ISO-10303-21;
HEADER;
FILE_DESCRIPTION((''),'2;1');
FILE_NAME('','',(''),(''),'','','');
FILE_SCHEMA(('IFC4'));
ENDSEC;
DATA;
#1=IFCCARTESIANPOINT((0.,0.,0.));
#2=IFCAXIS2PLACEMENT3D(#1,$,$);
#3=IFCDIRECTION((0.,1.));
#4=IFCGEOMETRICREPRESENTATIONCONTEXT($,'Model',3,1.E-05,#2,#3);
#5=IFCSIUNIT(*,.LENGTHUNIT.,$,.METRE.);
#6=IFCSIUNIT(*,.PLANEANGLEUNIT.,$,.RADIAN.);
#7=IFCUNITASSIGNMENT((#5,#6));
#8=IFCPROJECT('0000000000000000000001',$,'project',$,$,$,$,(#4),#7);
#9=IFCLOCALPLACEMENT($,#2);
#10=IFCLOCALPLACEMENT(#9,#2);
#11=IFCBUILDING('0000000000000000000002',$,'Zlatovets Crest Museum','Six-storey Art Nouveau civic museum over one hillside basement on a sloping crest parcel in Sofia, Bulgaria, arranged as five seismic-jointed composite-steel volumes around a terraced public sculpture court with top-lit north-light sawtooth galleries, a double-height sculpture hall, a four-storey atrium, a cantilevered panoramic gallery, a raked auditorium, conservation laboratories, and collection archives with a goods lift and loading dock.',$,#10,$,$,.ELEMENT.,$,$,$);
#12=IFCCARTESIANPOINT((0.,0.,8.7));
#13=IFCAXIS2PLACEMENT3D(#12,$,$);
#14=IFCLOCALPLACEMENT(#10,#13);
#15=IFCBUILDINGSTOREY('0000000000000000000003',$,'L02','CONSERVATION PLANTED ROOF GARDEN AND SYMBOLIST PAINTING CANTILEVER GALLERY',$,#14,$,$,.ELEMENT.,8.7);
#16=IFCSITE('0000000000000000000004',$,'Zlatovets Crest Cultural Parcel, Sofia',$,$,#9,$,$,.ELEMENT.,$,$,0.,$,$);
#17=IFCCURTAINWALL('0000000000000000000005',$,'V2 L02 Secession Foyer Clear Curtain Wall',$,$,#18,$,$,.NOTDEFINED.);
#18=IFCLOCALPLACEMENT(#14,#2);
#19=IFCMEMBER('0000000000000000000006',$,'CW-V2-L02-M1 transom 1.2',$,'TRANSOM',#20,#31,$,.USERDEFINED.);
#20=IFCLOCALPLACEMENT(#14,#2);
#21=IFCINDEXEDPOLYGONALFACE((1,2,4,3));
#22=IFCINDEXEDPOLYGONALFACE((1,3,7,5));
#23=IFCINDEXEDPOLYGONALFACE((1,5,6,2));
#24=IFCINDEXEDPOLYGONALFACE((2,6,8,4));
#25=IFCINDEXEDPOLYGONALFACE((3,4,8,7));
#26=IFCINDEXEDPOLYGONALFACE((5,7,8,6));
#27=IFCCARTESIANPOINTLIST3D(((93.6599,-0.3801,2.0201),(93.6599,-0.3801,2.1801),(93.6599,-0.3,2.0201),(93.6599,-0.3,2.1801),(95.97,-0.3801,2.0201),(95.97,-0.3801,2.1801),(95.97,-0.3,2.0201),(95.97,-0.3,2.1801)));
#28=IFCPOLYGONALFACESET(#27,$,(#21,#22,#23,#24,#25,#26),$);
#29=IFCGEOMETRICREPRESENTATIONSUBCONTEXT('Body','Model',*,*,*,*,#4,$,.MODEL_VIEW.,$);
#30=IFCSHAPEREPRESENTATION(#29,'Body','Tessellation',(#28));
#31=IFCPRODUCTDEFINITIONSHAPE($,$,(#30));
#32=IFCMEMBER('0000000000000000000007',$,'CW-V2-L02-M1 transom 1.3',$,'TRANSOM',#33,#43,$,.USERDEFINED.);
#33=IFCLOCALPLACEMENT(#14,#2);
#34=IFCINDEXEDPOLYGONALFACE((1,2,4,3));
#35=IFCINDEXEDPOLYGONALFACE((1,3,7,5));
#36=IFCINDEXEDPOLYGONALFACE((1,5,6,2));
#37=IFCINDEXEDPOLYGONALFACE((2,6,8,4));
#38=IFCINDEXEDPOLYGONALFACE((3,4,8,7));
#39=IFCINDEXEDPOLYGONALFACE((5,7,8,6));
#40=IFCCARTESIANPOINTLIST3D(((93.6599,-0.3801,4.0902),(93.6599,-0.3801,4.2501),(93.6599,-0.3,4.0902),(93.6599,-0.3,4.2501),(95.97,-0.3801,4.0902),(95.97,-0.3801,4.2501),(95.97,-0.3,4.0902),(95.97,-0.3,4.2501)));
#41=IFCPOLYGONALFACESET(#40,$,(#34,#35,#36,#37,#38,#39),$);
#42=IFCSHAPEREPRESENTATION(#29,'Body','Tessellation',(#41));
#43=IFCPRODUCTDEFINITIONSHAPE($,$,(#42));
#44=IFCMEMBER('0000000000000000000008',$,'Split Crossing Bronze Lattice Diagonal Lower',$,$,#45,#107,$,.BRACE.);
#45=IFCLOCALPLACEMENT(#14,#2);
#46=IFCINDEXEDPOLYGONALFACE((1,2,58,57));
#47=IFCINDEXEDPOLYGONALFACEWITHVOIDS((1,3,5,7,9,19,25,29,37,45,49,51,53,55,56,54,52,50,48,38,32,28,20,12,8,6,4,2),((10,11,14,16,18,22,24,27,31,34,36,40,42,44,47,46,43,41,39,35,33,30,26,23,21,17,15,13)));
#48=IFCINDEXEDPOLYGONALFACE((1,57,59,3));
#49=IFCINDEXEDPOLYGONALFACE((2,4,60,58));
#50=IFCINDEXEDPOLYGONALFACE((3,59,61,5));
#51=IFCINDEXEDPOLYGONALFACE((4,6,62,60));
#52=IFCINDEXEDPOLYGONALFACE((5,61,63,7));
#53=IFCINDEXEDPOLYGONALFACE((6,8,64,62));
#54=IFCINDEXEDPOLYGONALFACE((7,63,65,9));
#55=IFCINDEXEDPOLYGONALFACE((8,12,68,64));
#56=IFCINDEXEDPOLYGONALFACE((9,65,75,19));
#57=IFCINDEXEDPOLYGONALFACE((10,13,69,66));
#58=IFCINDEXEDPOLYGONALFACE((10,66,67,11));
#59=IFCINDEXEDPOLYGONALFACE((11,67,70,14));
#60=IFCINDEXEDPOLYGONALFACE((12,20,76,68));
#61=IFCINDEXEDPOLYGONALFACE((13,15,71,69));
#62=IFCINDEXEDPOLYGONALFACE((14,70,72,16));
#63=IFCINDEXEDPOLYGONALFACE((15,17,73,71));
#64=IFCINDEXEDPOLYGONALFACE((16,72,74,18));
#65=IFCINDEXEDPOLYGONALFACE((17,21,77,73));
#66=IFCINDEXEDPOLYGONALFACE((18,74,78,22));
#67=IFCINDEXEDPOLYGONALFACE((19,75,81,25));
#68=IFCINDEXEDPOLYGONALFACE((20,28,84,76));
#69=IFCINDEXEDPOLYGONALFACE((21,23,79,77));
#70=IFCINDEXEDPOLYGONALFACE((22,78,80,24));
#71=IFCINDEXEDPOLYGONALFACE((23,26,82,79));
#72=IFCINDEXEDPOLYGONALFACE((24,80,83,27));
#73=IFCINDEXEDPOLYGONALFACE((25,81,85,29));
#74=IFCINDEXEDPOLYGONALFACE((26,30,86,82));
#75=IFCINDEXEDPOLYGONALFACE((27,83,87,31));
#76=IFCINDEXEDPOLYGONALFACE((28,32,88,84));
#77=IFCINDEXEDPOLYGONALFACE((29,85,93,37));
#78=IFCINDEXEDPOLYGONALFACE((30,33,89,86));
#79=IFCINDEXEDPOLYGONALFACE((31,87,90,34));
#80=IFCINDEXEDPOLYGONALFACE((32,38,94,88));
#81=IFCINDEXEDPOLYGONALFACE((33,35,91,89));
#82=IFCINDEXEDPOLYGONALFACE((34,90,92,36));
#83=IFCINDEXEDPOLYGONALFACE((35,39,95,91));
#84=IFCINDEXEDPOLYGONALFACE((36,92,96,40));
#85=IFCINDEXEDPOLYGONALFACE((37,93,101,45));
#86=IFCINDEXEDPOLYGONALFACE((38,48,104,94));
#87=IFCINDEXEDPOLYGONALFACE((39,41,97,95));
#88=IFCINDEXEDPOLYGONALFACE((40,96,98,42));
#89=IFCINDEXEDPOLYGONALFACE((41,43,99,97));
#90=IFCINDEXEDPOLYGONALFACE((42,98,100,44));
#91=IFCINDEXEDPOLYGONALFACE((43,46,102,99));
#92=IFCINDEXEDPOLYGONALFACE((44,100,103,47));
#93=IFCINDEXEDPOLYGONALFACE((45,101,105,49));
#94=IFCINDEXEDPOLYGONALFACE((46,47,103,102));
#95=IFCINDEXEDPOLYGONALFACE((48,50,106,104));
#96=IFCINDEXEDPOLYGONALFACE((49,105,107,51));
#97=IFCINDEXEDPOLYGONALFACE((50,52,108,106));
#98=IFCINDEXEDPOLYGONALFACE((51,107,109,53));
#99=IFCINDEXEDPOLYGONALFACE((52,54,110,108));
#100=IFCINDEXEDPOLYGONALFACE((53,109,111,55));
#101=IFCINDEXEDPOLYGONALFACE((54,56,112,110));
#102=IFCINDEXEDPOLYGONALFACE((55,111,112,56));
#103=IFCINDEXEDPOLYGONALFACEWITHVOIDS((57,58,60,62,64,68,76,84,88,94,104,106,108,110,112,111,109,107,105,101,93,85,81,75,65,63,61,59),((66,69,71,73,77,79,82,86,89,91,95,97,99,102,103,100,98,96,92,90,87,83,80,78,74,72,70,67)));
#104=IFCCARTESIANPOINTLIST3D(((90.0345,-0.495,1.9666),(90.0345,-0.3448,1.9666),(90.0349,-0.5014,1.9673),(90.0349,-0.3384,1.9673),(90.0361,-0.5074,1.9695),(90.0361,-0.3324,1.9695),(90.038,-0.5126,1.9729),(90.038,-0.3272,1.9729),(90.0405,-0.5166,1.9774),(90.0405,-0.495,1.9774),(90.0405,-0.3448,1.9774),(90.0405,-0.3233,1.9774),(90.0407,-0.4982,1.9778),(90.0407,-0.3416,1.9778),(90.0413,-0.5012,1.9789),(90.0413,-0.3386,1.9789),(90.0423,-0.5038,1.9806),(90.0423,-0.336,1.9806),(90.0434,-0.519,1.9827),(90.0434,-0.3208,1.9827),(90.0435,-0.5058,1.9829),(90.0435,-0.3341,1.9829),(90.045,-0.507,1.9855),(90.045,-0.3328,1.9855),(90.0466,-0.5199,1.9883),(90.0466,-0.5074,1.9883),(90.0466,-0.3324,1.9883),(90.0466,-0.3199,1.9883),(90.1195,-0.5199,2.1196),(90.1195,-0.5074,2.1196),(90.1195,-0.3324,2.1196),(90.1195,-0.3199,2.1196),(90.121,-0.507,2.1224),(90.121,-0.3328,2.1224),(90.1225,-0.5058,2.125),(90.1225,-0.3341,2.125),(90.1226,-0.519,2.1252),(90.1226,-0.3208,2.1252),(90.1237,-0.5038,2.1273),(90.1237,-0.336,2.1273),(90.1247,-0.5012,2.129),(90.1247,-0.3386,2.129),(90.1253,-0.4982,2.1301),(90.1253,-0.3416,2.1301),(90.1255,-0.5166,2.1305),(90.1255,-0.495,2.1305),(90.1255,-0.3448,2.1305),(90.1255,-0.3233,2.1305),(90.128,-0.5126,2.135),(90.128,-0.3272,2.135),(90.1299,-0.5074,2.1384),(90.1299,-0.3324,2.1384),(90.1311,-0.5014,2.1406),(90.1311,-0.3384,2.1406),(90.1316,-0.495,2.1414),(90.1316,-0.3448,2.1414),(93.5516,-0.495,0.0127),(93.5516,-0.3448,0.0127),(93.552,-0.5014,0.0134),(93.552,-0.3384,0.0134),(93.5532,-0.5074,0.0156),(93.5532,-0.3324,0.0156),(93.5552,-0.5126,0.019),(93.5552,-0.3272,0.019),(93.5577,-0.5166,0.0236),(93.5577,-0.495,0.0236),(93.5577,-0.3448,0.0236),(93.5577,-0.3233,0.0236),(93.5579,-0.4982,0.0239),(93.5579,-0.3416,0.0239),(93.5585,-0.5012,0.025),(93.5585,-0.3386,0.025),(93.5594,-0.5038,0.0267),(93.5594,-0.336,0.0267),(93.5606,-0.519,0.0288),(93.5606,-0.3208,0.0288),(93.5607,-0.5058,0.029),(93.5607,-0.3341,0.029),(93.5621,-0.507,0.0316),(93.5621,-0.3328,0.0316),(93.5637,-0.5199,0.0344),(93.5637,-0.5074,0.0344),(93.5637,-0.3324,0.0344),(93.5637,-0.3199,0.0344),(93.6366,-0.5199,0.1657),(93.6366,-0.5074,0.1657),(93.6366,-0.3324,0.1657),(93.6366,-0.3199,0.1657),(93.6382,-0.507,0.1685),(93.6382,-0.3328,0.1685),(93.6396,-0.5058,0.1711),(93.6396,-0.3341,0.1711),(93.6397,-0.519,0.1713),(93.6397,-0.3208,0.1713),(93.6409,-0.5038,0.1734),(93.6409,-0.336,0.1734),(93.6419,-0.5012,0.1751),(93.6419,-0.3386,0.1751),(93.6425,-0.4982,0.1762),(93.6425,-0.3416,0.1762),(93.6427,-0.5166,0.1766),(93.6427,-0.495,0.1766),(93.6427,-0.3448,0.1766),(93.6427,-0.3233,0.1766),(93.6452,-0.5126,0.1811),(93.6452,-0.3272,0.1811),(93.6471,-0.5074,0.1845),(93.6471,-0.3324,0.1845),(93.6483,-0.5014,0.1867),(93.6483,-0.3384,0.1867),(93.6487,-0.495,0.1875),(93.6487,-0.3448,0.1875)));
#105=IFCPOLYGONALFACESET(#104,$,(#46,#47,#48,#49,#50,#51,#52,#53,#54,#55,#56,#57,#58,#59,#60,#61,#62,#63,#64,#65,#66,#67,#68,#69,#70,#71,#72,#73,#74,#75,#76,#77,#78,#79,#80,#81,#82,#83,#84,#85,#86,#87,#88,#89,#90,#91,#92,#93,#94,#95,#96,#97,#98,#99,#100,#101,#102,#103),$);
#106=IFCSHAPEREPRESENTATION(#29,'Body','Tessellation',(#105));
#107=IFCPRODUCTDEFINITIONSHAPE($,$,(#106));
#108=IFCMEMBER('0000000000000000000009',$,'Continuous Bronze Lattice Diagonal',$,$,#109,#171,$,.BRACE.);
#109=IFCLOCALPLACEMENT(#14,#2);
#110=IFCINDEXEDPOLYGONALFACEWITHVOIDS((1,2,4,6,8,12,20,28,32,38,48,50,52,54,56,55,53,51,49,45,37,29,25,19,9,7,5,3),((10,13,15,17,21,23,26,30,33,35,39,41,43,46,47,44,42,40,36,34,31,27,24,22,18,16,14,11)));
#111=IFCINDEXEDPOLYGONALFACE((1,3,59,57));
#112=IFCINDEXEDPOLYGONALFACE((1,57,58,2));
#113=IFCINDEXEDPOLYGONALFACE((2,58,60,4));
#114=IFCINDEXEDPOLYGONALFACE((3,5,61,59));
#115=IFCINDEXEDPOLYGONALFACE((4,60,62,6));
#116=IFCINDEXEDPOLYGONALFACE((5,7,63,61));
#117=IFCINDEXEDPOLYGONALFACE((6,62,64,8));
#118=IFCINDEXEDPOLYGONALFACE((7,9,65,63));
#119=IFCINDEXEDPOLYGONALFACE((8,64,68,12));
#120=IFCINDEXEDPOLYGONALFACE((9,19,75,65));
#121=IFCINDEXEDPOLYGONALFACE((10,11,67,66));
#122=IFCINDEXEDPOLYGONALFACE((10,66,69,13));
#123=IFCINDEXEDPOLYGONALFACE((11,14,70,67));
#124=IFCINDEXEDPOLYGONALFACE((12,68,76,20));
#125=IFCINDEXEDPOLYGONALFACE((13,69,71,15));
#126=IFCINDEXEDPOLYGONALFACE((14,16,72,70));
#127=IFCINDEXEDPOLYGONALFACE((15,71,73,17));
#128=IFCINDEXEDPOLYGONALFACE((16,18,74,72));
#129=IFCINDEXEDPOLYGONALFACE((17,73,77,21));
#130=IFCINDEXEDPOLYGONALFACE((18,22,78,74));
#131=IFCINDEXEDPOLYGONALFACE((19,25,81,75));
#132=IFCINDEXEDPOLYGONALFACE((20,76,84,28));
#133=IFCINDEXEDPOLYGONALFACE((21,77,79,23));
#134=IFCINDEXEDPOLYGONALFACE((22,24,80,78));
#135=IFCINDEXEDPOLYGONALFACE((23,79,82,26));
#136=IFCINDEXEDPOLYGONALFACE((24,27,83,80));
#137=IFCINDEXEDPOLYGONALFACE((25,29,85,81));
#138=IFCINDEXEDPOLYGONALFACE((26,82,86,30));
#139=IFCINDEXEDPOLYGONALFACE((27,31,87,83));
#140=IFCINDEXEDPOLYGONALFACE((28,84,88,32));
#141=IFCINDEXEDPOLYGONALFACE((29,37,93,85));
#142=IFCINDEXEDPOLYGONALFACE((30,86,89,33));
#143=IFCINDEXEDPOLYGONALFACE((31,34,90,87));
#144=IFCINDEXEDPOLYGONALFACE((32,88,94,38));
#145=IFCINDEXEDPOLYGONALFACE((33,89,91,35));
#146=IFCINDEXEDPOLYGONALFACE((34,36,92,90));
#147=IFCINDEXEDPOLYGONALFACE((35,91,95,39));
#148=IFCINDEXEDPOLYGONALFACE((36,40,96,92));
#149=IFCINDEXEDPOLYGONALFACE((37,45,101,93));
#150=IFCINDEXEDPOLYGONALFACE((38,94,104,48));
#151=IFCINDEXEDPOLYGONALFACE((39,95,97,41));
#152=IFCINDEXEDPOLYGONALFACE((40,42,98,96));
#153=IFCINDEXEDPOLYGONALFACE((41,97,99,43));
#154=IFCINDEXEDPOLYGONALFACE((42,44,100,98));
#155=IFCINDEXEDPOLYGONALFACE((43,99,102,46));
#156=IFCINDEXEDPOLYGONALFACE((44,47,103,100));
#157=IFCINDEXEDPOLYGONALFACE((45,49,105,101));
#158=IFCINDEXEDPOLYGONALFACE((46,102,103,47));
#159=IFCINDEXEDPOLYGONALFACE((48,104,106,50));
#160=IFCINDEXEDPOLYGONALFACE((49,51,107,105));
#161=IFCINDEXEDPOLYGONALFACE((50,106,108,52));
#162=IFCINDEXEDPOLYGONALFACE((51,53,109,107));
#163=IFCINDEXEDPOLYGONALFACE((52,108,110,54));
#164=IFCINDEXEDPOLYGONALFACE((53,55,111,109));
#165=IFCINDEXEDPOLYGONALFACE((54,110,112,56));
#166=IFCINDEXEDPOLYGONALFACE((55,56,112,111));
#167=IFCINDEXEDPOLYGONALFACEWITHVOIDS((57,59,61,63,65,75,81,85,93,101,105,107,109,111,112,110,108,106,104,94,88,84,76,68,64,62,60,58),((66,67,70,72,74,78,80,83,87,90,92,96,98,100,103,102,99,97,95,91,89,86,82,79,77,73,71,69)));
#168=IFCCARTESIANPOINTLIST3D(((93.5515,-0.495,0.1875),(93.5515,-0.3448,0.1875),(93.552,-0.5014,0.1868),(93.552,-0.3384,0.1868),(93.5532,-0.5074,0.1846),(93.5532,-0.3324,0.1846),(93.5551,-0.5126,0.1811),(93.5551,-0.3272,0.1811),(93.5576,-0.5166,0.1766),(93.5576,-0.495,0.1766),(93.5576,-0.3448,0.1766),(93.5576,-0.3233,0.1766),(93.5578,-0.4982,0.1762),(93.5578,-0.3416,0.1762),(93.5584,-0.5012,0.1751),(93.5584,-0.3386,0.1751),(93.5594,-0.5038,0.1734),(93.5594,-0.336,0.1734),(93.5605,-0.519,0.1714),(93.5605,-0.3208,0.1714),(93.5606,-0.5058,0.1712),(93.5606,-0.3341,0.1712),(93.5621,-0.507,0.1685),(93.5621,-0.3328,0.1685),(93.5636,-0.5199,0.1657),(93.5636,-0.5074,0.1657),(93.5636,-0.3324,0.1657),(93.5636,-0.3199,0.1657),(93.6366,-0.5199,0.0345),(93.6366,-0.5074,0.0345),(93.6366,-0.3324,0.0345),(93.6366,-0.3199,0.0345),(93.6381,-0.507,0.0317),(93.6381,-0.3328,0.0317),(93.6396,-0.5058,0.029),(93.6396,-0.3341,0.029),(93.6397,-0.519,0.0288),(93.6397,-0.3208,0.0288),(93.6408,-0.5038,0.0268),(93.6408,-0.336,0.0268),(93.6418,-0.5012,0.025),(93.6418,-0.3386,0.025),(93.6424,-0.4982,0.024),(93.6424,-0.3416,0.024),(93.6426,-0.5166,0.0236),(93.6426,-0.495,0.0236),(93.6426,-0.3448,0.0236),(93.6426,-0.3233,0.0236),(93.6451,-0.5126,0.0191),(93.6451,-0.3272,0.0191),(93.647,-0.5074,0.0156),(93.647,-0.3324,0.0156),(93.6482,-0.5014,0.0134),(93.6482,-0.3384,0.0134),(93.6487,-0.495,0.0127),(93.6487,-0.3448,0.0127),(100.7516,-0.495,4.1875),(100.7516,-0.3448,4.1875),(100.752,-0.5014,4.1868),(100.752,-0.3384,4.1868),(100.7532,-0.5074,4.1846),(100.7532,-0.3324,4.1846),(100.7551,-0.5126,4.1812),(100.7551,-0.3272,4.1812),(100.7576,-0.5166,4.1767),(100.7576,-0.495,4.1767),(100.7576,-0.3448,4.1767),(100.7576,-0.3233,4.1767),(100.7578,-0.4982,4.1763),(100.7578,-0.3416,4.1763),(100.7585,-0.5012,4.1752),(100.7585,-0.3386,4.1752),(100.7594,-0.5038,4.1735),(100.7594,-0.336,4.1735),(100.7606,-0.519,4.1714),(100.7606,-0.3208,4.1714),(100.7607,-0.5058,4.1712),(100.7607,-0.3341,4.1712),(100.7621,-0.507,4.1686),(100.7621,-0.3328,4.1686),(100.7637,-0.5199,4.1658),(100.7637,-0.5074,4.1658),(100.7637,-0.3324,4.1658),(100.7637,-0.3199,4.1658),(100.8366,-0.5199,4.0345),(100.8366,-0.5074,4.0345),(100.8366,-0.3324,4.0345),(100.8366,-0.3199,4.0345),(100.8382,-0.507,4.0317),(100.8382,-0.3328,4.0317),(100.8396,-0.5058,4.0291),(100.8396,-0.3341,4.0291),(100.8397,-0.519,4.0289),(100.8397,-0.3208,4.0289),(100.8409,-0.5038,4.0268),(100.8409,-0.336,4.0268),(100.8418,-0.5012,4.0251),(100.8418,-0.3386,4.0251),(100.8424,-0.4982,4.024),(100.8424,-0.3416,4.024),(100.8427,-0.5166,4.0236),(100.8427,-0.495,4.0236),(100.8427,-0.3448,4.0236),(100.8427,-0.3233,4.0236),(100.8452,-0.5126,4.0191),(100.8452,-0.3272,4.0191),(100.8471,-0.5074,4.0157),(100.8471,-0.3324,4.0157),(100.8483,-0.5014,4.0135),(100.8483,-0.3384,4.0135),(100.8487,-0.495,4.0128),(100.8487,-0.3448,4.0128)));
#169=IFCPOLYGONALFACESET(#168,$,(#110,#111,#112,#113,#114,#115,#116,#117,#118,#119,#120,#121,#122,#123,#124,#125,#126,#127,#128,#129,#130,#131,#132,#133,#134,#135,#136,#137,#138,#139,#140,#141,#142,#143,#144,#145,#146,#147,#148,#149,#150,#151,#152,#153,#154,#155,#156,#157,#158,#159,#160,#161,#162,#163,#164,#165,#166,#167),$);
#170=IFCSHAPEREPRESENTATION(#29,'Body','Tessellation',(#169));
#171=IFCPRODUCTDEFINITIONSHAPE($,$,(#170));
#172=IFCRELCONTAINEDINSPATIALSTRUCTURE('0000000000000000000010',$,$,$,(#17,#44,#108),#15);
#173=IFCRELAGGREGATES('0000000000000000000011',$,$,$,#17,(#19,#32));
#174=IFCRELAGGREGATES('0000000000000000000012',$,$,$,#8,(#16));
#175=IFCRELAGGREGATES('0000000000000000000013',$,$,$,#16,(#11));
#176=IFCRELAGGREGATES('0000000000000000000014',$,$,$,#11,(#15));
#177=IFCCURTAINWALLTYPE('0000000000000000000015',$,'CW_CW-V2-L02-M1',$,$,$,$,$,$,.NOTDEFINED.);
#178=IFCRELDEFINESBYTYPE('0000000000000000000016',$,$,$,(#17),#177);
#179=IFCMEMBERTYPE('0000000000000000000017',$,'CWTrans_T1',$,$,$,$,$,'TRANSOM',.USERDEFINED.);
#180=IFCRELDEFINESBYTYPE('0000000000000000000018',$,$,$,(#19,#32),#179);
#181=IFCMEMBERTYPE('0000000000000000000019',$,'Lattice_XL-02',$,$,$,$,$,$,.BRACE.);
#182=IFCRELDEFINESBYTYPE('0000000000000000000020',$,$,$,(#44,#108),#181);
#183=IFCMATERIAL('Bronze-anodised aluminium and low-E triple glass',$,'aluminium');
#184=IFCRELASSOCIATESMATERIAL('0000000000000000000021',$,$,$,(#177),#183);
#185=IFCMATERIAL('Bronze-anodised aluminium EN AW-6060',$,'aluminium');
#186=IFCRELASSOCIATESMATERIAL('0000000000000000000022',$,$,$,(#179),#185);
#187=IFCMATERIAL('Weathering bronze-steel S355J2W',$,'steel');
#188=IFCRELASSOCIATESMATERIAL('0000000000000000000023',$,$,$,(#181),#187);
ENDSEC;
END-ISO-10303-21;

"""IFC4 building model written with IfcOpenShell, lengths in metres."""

from ifc_helpers import new_model, si_unit, direction, frame, origin, origin_2d, place, context, subcontext, project, spatial, rectangle, hollow_rectangle, extrude, material, material_profile, profile_set, type_object, element, aggregate, save


model = new_model("IFC4")

# Units and contexts
model_context = context("Model", 3, precision=1e-05, world=origin(), true_north=direction((0.0, 1.0)))
body_context = subcontext(model_context, "Body", "Model", "MODEL_VIEW")
ifc_project = project(units=[si_unit("LENGTHUNIT", "METRE"), si_unit("PLANEANGLEUNIT", "RADIAN")], contexts=[model_context])

# Site, building, storey
site_placement = place(None, origin())
site = spatial("IfcSite", under=ifc_project, at=site_placement, Name="Zlatovets Crest Cultural Parcel, Sofia", CompositionType="ELEMENT", RefElevation=0.0)
building_placement = place(site_placement, origin())
building = spatial("IfcBuilding", under=site, at=building_placement, Name="Zlatovets Crest Museum", Description="Six-storey Art Nouveau civic museum over one hillside basement on a sloping crest parcel in Sofia, Bulgaria, arranged as five seismic-jointed composite-steel volumes around a terraced public sculpture court with top-lit north-light sawtooth galleries, a double-height sculpture hall, a four-storey atrium, a cantilevered panoramic gallery, a raked auditorium, conservation laboratories, and collection archives with a goods lift and loading dock.", CompositionType="ELEMENT")
storey_placement = place(building_placement, frame((0.0, 0.0, 8.7)))
storey = spatial("IfcBuildingStorey", under=building, at=storey_placement, Name="L02", Description="CONSERVATION PLANTED ROOF GARDEN AND SYMBOLIST PAINTING CANTILEVER GALLERY", CompositionType="ELEMENT", Elevation=8.7)

# Shared definitions
ifc_material_1 = material(Name="Bronze-anodised aluminium and low-E triple glass", Category="aluminium")
ifc_material_2 = material(Name="Bronze-anodised aluminium EN AW-6060", Category="aluminium")

# Curtain wall
curtain_wall_type_1 = type_object("IfcCurtainWallType", Name="CW_CW-V2-L02-M1", PredefinedType="NOTDEFINED", material=ifc_material_1)
curtain_wall_1_placement = place(storey_placement, origin())
curtain_wall_1 = element("IfcCurtainWall", 1, at=curtain_wall_1_placement, inside=storey, type_object=curtain_wall_type_1, Name="V2 L02 Secession Foyer Clear Curtain Wall", PredefinedType="NOTDEFINED")

# Members
ifc_material_profile_1 = material_profile(ifc_material_2, rectangle(XDim=0.0801, YDim=0.1599, at=origin_2d()), Name="ALU 80x160")
ifc_profile_set_1 = profile_set([ifc_material_profile_1], Name="Bronze-anodised aluminium EN AW-6060")
member_type_1 = type_object("IfcMemberType", Name="CWTrans_T1", ElementType="TRANSOM", PredefinedType="USERDEFINED", material=ifc_profile_set_1)
member_1_placement = place(storey_placement, frame((93.6599, -0.3401, 2.1001), z_axis=(1.0, 0.0, 0.0), x_axis=(0.0, 1.0, 0.0)))
member_1 = element("IfcMember", 2, at=member_1_placement, type_object=member_type_1, Name="CW-V2-L02-M1 transom 1.2", ObjectType="TRANSOM", PredefinedType="USERDEFINED", context=body_context, shape_type="SweptSolid", body=[
    extrude(rectangle(XDim=0.0801, YDim=0.1599, at=origin_2d()), origin(), (0.0, 0.0, 1.0), 2.3101),
])
member_2_placement = place(storey_placement, frame((93.6599, -0.3401, 4.1702), z_axis=(1.0, 0.0, 0.0), x_axis=(0.0, 1.0, 0.0)))
member_2 = element("IfcMember", 3, at=member_2_placement, type_object=member_type_1, Name="CW-V2-L02-M1 transom 1.3", ObjectType="TRANSOM", PredefinedType="USERDEFINED", context=body_context, shape_type="SweptSolid", body=[
    extrude(rectangle(XDim=0.0801, YDim=0.1599, at=origin_2d()), origin(), (0.0, 0.0, 1.0), 2.3101),
])

# Members
ifc_material_3 = material(Name="Weathering bronze-steel S355J2W", Category="steel")
ifc_material_profile_2 = material_profile(ifc_material_3, hollow_rectangle(XDim=0.2, YDim=0.2, WallThickness=0.0125, InnerFilletRadius=0.0125, OuterFilletRadius=0.0249, at=origin_2d()), Name="SHS 200x200x12.5")
ifc_profile_set_2 = profile_set([ifc_material_profile_2], Name="Weathering bronze-steel S355J2W")
member_type_2 = type_object("IfcMemberType", Name="Lattice_XL-02", PredefinedType="BRACE", material=ifc_profile_set_2)
member_3_placement = place(storey_placement, frame((90.083, -0.4199, 2.054), z_axis=(0.874166, 0.0, -0.485627), x_axis=(0.0, 1.0, 0.0)))
element("IfcMember", 4, at=member_3_placement, inside=storey, type_object=member_type_2, Name="Split Crossing Bronze Lattice Diagonal Lower", PredefinedType="BRACE", context=body_context, shape_type="SweptSolid", body=[
    extrude(hollow_rectangle(XDim=0.2, YDim=0.2, WallThickness=0.0125, InnerFilletRadius=0.0125, OuterFilletRadius=0.0249, at=origin_2d()), origin(), (0.0, 0.0, 1.0), 4.0234),
])
member_4_placement = place(storey_placement, frame((93.6001, -0.4199, 0.1001), z_axis=(0.874156, 0.0, 0.485645), x_axis=(0.0, 1.0, 0.0)))
element("IfcMember", 5, at=member_4_placement, inside=storey, type_object=member_type_2, Name="Continuous Bronze Lattice Diagonal", PredefinedType="BRACE", context=body_context, shape_type="SweptSolid", body=[
    extrude(hollow_rectangle(XDim=0.2, YDim=0.2, WallThickness=0.0125, InnerFilletRadius=0.0125, OuterFilletRadius=0.0249, at=origin_2d()), origin(), (0.0, 0.0, 1.0), 8.2366),
])

aggregate(curtain_wall_1, [member_1, member_2])

save(model, "model.ifc")
